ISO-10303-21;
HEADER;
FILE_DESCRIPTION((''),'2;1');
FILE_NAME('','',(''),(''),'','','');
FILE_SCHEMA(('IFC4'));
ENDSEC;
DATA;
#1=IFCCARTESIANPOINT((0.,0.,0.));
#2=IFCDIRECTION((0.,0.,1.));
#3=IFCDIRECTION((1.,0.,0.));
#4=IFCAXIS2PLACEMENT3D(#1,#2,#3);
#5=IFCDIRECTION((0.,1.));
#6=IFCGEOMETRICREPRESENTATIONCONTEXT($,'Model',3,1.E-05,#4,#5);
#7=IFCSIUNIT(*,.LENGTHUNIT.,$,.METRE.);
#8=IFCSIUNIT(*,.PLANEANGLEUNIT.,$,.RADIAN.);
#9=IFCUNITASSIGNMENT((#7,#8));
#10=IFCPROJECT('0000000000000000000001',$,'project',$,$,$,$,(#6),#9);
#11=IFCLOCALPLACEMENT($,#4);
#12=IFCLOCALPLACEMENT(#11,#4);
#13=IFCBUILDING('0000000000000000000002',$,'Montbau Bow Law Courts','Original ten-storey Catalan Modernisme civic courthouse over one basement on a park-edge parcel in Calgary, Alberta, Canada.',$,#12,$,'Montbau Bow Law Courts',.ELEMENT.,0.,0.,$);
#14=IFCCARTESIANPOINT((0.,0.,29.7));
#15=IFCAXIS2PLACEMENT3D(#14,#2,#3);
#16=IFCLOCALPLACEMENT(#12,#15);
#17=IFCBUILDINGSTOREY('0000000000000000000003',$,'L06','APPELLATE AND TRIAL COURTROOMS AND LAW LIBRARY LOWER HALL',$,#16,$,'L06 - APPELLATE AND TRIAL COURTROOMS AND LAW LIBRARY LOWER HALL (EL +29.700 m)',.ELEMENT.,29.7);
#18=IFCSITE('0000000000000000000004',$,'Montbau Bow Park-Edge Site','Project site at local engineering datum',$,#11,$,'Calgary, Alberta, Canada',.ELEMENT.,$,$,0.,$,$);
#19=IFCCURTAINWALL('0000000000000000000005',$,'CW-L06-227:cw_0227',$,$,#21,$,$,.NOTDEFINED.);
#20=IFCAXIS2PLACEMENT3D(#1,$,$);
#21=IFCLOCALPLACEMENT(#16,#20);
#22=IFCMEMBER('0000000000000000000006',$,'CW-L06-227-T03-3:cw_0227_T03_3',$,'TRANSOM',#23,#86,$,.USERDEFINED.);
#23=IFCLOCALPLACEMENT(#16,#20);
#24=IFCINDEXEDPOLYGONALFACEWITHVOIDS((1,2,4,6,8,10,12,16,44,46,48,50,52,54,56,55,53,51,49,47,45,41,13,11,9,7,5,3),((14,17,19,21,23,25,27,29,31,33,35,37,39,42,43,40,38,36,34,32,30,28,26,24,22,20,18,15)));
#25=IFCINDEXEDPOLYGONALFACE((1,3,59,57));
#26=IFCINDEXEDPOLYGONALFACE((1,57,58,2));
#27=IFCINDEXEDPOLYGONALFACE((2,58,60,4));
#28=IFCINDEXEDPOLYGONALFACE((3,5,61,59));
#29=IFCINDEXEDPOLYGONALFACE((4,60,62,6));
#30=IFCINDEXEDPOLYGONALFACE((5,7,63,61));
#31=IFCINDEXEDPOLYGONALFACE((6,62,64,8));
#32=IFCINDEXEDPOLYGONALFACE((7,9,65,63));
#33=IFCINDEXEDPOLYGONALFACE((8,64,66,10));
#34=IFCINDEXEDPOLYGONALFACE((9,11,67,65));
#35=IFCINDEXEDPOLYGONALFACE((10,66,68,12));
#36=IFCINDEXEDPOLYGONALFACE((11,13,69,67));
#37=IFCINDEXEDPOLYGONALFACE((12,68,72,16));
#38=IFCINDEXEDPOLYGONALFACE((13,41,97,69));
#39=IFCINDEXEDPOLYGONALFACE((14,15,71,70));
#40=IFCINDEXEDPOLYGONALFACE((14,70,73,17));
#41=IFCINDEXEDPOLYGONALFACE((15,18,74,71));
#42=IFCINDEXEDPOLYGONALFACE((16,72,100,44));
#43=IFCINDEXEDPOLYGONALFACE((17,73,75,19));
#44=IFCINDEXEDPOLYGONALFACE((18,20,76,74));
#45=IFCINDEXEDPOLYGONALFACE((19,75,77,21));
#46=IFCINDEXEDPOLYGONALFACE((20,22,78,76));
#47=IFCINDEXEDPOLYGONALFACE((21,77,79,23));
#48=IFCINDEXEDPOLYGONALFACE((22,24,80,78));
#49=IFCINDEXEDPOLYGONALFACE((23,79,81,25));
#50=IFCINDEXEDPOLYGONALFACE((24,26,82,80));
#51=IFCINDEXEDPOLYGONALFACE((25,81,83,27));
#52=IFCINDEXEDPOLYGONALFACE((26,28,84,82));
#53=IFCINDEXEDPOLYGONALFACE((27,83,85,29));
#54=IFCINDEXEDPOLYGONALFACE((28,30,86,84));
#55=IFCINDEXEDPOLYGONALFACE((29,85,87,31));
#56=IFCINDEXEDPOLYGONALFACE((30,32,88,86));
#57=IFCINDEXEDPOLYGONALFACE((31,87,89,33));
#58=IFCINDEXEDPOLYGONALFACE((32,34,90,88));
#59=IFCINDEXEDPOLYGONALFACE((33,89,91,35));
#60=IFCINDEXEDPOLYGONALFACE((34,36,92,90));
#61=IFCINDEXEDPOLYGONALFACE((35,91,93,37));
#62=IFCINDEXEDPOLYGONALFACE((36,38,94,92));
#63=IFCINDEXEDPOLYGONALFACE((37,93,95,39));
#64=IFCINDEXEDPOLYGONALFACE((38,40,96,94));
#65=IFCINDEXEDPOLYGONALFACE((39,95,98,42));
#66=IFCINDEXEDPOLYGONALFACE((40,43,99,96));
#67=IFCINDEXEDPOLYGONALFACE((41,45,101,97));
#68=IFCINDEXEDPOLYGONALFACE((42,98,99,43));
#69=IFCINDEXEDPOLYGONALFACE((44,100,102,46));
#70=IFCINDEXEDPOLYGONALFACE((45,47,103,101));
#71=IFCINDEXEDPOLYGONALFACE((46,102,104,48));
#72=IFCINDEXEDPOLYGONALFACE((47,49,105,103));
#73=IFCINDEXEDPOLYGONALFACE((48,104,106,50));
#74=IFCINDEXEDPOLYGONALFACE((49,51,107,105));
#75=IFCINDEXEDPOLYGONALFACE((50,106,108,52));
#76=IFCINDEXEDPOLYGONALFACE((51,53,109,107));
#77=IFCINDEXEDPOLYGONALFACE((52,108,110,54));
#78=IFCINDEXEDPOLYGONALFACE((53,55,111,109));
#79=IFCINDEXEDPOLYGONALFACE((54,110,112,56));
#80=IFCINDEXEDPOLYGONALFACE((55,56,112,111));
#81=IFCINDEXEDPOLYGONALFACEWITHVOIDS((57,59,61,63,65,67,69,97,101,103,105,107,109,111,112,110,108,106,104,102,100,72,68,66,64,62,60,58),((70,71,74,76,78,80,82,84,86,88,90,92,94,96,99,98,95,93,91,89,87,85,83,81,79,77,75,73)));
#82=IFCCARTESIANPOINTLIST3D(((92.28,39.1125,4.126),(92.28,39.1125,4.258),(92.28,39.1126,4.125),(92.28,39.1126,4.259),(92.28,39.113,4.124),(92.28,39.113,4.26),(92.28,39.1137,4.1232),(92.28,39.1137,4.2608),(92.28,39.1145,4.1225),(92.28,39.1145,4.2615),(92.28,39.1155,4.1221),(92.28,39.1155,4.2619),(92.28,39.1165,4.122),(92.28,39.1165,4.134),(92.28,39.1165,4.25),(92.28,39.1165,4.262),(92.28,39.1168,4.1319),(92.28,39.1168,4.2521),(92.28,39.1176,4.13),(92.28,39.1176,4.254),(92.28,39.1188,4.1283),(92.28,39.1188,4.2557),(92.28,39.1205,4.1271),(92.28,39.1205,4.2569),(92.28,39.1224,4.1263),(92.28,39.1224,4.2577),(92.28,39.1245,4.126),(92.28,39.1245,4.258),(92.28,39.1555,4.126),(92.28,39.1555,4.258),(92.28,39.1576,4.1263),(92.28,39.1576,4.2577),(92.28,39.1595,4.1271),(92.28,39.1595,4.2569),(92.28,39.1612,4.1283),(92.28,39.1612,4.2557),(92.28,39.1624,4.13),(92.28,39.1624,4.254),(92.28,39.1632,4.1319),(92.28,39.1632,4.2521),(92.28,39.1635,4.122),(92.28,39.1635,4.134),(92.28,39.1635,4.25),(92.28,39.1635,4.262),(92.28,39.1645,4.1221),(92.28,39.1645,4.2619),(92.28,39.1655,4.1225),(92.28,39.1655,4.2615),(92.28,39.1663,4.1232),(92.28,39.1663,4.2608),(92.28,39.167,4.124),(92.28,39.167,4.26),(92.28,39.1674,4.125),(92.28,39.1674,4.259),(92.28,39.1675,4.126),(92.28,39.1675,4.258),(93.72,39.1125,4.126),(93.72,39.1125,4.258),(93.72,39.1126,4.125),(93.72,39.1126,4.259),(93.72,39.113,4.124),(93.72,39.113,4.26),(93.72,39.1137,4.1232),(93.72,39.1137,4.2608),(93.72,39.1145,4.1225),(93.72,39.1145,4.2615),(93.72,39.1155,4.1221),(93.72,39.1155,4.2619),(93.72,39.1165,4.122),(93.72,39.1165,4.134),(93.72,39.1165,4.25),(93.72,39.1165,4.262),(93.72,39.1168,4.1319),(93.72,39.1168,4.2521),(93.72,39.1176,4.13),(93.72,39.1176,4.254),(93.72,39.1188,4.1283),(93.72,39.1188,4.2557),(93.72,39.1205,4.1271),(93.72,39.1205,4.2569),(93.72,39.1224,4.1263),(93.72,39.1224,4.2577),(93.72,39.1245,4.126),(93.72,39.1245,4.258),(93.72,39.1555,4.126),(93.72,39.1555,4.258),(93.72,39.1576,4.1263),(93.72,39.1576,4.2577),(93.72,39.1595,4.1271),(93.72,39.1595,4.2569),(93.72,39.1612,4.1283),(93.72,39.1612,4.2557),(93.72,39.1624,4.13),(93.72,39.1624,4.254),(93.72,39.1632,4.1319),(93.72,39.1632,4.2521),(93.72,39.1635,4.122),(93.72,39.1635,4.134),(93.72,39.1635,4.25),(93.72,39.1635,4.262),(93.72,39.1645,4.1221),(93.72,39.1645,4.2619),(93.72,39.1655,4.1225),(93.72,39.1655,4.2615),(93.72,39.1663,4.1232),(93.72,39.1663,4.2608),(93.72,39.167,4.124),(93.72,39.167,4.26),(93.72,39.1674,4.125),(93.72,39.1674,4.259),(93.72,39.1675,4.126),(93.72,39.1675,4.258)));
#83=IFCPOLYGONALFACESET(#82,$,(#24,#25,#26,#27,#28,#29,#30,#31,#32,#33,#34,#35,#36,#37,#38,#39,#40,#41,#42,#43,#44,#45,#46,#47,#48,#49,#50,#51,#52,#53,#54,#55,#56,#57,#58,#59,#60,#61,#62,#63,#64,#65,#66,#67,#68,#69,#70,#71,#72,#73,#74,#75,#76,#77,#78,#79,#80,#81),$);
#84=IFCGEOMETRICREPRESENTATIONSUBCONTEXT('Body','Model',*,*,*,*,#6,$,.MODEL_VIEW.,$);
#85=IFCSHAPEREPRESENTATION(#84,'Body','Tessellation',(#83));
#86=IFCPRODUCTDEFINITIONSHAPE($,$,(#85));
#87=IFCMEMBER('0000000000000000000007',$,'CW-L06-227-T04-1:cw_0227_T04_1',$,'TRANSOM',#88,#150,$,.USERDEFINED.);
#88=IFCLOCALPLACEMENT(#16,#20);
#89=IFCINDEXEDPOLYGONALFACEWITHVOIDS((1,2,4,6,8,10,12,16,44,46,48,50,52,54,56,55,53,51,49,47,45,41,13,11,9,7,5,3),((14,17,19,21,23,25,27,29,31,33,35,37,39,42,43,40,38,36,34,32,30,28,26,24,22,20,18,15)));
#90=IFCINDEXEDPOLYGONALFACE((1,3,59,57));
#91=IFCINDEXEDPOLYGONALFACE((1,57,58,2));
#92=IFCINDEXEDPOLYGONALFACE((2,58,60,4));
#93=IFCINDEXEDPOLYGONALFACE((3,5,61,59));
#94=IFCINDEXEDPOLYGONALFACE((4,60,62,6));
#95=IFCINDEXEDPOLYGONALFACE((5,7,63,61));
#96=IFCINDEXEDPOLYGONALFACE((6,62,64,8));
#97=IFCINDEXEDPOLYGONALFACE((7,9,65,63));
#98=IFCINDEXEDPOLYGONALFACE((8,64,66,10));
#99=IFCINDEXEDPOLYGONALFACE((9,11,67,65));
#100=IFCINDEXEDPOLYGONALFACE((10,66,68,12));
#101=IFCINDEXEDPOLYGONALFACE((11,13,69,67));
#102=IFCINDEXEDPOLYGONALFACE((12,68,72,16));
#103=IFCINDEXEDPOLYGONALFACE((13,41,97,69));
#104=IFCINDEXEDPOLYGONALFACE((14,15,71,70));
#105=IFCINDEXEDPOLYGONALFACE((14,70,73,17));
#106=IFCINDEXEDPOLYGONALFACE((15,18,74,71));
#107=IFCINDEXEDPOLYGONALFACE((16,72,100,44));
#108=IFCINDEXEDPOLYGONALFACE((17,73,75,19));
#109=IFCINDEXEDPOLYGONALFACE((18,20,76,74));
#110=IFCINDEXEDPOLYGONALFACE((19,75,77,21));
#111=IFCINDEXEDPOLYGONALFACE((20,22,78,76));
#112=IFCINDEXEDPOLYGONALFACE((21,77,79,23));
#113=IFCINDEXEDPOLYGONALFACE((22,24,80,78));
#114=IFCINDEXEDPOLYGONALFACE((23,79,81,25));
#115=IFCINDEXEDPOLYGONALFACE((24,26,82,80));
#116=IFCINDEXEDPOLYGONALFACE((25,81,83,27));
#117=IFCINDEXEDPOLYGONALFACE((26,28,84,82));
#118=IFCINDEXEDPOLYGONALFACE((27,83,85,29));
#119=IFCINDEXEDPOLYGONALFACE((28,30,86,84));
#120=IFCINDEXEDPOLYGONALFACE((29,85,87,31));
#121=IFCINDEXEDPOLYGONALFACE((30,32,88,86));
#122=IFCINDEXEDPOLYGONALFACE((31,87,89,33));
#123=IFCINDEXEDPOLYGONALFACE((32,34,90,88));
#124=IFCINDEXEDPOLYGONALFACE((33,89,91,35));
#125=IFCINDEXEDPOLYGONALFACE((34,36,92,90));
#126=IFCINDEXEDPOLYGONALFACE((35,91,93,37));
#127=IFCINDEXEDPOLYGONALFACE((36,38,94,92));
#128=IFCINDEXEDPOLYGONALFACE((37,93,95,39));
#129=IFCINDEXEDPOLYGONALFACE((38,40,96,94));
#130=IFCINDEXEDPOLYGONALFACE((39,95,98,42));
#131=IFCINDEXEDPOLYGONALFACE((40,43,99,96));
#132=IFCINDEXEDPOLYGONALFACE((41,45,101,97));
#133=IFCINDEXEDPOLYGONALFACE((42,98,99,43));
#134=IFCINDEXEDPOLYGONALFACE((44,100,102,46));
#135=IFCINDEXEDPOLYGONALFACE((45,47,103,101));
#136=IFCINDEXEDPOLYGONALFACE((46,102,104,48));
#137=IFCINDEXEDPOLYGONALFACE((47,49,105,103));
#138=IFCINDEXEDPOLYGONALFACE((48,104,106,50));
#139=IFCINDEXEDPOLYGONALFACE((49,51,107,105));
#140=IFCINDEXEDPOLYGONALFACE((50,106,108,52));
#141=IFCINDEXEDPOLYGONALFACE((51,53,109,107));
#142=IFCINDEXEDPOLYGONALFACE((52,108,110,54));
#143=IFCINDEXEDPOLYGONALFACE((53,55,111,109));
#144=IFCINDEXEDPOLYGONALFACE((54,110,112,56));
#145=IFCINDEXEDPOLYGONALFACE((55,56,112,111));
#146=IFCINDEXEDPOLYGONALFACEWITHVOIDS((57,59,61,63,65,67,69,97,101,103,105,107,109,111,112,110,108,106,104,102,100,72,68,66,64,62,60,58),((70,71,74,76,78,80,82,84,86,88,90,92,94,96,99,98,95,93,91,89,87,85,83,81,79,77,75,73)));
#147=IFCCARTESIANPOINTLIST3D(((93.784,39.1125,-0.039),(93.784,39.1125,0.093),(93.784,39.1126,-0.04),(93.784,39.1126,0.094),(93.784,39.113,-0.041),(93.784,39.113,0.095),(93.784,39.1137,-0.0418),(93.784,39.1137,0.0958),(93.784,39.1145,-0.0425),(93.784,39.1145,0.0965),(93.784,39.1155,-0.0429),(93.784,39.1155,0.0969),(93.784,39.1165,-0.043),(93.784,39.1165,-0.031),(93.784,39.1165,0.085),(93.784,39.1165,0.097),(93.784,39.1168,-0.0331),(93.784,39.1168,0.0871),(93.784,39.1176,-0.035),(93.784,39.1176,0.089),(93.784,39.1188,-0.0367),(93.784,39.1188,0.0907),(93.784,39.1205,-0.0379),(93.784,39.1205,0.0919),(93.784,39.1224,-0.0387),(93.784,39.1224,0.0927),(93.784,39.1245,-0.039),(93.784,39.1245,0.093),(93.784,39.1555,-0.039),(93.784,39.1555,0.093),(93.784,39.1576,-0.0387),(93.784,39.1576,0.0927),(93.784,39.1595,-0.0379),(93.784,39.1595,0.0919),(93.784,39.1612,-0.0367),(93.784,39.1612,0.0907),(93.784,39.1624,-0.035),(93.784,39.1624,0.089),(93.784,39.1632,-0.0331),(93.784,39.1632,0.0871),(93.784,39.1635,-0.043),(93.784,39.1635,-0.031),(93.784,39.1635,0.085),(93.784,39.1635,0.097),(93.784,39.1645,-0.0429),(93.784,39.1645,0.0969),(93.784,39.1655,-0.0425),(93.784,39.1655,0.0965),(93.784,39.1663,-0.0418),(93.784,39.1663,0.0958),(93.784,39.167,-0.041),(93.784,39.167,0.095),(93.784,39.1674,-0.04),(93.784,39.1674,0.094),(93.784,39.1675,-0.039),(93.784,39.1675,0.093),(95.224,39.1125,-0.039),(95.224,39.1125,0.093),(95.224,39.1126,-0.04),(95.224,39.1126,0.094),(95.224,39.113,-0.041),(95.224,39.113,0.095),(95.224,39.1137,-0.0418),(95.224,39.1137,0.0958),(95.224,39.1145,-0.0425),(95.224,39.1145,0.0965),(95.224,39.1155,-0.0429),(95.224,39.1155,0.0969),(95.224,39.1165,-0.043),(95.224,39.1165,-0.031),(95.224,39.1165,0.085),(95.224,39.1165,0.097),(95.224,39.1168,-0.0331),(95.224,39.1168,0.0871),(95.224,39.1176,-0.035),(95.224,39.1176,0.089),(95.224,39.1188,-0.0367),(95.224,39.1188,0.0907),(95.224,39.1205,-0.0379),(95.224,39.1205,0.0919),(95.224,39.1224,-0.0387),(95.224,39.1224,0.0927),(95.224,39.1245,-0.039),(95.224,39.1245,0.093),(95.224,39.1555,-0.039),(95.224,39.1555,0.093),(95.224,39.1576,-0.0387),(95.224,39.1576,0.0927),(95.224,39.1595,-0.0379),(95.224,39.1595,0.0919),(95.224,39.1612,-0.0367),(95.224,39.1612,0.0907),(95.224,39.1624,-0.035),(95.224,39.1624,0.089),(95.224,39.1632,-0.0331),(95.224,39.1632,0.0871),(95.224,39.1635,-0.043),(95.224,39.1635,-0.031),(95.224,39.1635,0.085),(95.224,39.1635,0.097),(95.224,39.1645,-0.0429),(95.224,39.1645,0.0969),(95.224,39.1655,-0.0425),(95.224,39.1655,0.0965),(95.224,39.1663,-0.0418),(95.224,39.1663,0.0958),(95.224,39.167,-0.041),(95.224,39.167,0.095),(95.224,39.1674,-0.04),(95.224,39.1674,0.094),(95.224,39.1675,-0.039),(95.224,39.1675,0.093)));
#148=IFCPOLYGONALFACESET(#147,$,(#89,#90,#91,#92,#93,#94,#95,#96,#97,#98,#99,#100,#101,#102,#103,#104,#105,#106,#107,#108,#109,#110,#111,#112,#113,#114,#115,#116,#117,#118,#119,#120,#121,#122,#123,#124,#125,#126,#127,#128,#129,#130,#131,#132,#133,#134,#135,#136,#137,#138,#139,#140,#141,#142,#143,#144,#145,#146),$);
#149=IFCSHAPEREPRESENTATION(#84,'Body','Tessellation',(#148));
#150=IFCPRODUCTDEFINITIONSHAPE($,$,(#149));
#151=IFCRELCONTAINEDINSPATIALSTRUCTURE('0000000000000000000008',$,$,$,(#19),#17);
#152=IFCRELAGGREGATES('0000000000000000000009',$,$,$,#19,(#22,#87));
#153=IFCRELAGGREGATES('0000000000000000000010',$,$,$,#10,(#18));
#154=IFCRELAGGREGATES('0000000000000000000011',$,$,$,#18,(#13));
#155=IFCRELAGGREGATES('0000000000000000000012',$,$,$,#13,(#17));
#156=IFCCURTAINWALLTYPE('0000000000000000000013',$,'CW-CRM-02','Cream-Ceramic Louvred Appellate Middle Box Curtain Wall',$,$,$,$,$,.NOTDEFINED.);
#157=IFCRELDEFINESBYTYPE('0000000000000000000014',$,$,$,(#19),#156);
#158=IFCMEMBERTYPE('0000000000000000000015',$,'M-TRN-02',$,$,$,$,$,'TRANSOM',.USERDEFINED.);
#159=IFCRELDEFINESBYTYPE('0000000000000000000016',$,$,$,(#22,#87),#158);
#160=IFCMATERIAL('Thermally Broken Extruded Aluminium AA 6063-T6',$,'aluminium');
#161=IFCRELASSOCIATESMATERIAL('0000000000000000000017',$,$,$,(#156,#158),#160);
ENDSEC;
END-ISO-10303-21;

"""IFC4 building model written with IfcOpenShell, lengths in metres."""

from ifc_helpers import new_model, si_unit, direction, frame, origin_with_axes, origin_2d_with_axis, place, context, subcontext, project, spatial, hollow_rectangle, extrude, material, material_profile, profile_set, type_object, element, aggregate, save


model = new_model("IFC4")

# Units and contexts
model_context = context("Model", 3, precision=1e-05, world=origin_with_axes(), true_north=direction((0.0, 1.0)))
body_context = subcontext(model_context, "Body", "Model", "MODEL_VIEW")
ifc_project = project(units=[si_unit("LENGTHUNIT", "METRE"), si_unit("PLANEANGLEUNIT", "RADIAN")], contexts=[model_context])

# Site, building, storey
site_placement = place(None, origin_with_axes())
site = spatial("IfcSite", under=ifc_project, at=site_placement, Name="Montbau Bow Park-Edge Site", Description="Project site at local engineering datum", LongName="Calgary, Alberta, Canada", CompositionType="ELEMENT", RefElevation=0.0)
building_placement = place(site_placement, origin_with_axes())
building = spatial("IfcBuilding", under=site, at=building_placement, Name="Montbau Bow Law Courts", Description="Original ten-storey Catalan Modernisme civic courthouse over one basement on a park-edge parcel in Calgary, Alberta, Canada.", LongName="Montbau Bow Law Courts", CompositionType="ELEMENT", ElevationOfRefHeight=0.0, ElevationOfTerrain=0.0)
storey_placement = place(building_placement, frame((0.0, 0.0, 29.7), z_axis=(0.0, 0.0, 1.0), x_axis=(1.0, 0.0, 0.0)))
storey = spatial("IfcBuildingStorey", under=building, at=storey_placement, Name="L06", Description="APPELLATE AND TRIAL COURTROOMS AND LAW LIBRARY LOWER HALL", LongName="L06 - APPELLATE AND TRIAL COURTROOMS AND LAW LIBRARY LOWER HALL (EL +29.700 m)", CompositionType="ELEMENT", Elevation=29.7)

# Curtain wall, members
ifc_material_1 = material(Name="Thermally Broken Extruded Aluminium AA 6063-T6", Category="aluminium")
curtain_wall_type = type_object("IfcCurtainWallType", Name="CW-CRM-02", Description="Cream-Ceramic Louvred Appellate Middle Box Curtain Wall", PredefinedType="NOTDEFINED", material=ifc_material_1)
curtain_wall_placement = place(None, frame((89.24, 39.14, 29.7), z_axis=(0.0, 0.0, 1.0), x_axis=(1.0, 0.0, 0.0)))
curtain_wall = element("IfcCurtainWall", 1, at=curtain_wall_placement, inside=storey, type_object=curtain_wall_type, Name="CW-L06-227:cw_0227", PredefinedType="NOTDEFINED")
ifc_material_profile_1 = material_profile(ifc_material_1, hollow_rectangle(XDim=0.055, YDim=0.14, WallThickness=0.004, InnerFilletRadius=0.008, OuterFilletRadius=0.004, at=origin_2d_with_axis()), Name="CWT-140X55", Category="Main", Priority=0)
ifc_profile_set_1 = profile_set([ifc_material_profile_1], Name="Thermally Broken Extruded Aluminium AA 6063-T6")
member_type_1 = type_object("IfcMemberType", Name="M-TRN-02", ElementType="TRANSOM", PredefinedType="USERDEFINED", material=ifc_profile_set_1)
member_1_placement = place(None, frame((92.28, 39.14, 33.892), z_axis=(1.0, 0.0, 0.0), x_axis=(0.0, 1.0, 0.0)))
member_1 = element("IfcMember", 2, at=member_1_placement, type_object=member_type_1, Name="CW-L06-227-T03-3:cw_0227_T03_3", ObjectType="TRANSOM", PredefinedType="USERDEFINED", context=body_context, shape_type="SweptSolid", body=[
    extrude(hollow_rectangle(XDim=0.055, YDim=0.14, WallThickness=0.004, InnerFilletRadius=0.008, OuterFilletRadius=0.004, at=origin_2d_with_axis()), origin_with_axes(), (0.0, 0.0, 1.0), 1.44),
])
member_2_placement = place(None, frame((93.784, 39.14, 29.727), z_axis=(1.0, 0.0, 0.0), x_axis=(0.0, 1.0, 0.0)))
member_2 = element("IfcMember", 3, at=member_2_placement, type_object=member_type_1, Name="CW-L06-227-T04-1:cw_0227_T04_1", ObjectType="TRANSOM", PredefinedType="USERDEFINED", context=body_context, shape_type="SweptSolid", body=[
    extrude(hollow_rectangle(XDim=0.055, YDim=0.14, WallThickness=0.004, InnerFilletRadius=0.008, OuterFilletRadius=0.004, at=origin_2d_with_axis()), origin_with_axes(), (0.0, 0.0, 1.0), 1.44),
])
aggregate(curtain_wall, [member_1, member_2])

save(model, "model.ifc")
